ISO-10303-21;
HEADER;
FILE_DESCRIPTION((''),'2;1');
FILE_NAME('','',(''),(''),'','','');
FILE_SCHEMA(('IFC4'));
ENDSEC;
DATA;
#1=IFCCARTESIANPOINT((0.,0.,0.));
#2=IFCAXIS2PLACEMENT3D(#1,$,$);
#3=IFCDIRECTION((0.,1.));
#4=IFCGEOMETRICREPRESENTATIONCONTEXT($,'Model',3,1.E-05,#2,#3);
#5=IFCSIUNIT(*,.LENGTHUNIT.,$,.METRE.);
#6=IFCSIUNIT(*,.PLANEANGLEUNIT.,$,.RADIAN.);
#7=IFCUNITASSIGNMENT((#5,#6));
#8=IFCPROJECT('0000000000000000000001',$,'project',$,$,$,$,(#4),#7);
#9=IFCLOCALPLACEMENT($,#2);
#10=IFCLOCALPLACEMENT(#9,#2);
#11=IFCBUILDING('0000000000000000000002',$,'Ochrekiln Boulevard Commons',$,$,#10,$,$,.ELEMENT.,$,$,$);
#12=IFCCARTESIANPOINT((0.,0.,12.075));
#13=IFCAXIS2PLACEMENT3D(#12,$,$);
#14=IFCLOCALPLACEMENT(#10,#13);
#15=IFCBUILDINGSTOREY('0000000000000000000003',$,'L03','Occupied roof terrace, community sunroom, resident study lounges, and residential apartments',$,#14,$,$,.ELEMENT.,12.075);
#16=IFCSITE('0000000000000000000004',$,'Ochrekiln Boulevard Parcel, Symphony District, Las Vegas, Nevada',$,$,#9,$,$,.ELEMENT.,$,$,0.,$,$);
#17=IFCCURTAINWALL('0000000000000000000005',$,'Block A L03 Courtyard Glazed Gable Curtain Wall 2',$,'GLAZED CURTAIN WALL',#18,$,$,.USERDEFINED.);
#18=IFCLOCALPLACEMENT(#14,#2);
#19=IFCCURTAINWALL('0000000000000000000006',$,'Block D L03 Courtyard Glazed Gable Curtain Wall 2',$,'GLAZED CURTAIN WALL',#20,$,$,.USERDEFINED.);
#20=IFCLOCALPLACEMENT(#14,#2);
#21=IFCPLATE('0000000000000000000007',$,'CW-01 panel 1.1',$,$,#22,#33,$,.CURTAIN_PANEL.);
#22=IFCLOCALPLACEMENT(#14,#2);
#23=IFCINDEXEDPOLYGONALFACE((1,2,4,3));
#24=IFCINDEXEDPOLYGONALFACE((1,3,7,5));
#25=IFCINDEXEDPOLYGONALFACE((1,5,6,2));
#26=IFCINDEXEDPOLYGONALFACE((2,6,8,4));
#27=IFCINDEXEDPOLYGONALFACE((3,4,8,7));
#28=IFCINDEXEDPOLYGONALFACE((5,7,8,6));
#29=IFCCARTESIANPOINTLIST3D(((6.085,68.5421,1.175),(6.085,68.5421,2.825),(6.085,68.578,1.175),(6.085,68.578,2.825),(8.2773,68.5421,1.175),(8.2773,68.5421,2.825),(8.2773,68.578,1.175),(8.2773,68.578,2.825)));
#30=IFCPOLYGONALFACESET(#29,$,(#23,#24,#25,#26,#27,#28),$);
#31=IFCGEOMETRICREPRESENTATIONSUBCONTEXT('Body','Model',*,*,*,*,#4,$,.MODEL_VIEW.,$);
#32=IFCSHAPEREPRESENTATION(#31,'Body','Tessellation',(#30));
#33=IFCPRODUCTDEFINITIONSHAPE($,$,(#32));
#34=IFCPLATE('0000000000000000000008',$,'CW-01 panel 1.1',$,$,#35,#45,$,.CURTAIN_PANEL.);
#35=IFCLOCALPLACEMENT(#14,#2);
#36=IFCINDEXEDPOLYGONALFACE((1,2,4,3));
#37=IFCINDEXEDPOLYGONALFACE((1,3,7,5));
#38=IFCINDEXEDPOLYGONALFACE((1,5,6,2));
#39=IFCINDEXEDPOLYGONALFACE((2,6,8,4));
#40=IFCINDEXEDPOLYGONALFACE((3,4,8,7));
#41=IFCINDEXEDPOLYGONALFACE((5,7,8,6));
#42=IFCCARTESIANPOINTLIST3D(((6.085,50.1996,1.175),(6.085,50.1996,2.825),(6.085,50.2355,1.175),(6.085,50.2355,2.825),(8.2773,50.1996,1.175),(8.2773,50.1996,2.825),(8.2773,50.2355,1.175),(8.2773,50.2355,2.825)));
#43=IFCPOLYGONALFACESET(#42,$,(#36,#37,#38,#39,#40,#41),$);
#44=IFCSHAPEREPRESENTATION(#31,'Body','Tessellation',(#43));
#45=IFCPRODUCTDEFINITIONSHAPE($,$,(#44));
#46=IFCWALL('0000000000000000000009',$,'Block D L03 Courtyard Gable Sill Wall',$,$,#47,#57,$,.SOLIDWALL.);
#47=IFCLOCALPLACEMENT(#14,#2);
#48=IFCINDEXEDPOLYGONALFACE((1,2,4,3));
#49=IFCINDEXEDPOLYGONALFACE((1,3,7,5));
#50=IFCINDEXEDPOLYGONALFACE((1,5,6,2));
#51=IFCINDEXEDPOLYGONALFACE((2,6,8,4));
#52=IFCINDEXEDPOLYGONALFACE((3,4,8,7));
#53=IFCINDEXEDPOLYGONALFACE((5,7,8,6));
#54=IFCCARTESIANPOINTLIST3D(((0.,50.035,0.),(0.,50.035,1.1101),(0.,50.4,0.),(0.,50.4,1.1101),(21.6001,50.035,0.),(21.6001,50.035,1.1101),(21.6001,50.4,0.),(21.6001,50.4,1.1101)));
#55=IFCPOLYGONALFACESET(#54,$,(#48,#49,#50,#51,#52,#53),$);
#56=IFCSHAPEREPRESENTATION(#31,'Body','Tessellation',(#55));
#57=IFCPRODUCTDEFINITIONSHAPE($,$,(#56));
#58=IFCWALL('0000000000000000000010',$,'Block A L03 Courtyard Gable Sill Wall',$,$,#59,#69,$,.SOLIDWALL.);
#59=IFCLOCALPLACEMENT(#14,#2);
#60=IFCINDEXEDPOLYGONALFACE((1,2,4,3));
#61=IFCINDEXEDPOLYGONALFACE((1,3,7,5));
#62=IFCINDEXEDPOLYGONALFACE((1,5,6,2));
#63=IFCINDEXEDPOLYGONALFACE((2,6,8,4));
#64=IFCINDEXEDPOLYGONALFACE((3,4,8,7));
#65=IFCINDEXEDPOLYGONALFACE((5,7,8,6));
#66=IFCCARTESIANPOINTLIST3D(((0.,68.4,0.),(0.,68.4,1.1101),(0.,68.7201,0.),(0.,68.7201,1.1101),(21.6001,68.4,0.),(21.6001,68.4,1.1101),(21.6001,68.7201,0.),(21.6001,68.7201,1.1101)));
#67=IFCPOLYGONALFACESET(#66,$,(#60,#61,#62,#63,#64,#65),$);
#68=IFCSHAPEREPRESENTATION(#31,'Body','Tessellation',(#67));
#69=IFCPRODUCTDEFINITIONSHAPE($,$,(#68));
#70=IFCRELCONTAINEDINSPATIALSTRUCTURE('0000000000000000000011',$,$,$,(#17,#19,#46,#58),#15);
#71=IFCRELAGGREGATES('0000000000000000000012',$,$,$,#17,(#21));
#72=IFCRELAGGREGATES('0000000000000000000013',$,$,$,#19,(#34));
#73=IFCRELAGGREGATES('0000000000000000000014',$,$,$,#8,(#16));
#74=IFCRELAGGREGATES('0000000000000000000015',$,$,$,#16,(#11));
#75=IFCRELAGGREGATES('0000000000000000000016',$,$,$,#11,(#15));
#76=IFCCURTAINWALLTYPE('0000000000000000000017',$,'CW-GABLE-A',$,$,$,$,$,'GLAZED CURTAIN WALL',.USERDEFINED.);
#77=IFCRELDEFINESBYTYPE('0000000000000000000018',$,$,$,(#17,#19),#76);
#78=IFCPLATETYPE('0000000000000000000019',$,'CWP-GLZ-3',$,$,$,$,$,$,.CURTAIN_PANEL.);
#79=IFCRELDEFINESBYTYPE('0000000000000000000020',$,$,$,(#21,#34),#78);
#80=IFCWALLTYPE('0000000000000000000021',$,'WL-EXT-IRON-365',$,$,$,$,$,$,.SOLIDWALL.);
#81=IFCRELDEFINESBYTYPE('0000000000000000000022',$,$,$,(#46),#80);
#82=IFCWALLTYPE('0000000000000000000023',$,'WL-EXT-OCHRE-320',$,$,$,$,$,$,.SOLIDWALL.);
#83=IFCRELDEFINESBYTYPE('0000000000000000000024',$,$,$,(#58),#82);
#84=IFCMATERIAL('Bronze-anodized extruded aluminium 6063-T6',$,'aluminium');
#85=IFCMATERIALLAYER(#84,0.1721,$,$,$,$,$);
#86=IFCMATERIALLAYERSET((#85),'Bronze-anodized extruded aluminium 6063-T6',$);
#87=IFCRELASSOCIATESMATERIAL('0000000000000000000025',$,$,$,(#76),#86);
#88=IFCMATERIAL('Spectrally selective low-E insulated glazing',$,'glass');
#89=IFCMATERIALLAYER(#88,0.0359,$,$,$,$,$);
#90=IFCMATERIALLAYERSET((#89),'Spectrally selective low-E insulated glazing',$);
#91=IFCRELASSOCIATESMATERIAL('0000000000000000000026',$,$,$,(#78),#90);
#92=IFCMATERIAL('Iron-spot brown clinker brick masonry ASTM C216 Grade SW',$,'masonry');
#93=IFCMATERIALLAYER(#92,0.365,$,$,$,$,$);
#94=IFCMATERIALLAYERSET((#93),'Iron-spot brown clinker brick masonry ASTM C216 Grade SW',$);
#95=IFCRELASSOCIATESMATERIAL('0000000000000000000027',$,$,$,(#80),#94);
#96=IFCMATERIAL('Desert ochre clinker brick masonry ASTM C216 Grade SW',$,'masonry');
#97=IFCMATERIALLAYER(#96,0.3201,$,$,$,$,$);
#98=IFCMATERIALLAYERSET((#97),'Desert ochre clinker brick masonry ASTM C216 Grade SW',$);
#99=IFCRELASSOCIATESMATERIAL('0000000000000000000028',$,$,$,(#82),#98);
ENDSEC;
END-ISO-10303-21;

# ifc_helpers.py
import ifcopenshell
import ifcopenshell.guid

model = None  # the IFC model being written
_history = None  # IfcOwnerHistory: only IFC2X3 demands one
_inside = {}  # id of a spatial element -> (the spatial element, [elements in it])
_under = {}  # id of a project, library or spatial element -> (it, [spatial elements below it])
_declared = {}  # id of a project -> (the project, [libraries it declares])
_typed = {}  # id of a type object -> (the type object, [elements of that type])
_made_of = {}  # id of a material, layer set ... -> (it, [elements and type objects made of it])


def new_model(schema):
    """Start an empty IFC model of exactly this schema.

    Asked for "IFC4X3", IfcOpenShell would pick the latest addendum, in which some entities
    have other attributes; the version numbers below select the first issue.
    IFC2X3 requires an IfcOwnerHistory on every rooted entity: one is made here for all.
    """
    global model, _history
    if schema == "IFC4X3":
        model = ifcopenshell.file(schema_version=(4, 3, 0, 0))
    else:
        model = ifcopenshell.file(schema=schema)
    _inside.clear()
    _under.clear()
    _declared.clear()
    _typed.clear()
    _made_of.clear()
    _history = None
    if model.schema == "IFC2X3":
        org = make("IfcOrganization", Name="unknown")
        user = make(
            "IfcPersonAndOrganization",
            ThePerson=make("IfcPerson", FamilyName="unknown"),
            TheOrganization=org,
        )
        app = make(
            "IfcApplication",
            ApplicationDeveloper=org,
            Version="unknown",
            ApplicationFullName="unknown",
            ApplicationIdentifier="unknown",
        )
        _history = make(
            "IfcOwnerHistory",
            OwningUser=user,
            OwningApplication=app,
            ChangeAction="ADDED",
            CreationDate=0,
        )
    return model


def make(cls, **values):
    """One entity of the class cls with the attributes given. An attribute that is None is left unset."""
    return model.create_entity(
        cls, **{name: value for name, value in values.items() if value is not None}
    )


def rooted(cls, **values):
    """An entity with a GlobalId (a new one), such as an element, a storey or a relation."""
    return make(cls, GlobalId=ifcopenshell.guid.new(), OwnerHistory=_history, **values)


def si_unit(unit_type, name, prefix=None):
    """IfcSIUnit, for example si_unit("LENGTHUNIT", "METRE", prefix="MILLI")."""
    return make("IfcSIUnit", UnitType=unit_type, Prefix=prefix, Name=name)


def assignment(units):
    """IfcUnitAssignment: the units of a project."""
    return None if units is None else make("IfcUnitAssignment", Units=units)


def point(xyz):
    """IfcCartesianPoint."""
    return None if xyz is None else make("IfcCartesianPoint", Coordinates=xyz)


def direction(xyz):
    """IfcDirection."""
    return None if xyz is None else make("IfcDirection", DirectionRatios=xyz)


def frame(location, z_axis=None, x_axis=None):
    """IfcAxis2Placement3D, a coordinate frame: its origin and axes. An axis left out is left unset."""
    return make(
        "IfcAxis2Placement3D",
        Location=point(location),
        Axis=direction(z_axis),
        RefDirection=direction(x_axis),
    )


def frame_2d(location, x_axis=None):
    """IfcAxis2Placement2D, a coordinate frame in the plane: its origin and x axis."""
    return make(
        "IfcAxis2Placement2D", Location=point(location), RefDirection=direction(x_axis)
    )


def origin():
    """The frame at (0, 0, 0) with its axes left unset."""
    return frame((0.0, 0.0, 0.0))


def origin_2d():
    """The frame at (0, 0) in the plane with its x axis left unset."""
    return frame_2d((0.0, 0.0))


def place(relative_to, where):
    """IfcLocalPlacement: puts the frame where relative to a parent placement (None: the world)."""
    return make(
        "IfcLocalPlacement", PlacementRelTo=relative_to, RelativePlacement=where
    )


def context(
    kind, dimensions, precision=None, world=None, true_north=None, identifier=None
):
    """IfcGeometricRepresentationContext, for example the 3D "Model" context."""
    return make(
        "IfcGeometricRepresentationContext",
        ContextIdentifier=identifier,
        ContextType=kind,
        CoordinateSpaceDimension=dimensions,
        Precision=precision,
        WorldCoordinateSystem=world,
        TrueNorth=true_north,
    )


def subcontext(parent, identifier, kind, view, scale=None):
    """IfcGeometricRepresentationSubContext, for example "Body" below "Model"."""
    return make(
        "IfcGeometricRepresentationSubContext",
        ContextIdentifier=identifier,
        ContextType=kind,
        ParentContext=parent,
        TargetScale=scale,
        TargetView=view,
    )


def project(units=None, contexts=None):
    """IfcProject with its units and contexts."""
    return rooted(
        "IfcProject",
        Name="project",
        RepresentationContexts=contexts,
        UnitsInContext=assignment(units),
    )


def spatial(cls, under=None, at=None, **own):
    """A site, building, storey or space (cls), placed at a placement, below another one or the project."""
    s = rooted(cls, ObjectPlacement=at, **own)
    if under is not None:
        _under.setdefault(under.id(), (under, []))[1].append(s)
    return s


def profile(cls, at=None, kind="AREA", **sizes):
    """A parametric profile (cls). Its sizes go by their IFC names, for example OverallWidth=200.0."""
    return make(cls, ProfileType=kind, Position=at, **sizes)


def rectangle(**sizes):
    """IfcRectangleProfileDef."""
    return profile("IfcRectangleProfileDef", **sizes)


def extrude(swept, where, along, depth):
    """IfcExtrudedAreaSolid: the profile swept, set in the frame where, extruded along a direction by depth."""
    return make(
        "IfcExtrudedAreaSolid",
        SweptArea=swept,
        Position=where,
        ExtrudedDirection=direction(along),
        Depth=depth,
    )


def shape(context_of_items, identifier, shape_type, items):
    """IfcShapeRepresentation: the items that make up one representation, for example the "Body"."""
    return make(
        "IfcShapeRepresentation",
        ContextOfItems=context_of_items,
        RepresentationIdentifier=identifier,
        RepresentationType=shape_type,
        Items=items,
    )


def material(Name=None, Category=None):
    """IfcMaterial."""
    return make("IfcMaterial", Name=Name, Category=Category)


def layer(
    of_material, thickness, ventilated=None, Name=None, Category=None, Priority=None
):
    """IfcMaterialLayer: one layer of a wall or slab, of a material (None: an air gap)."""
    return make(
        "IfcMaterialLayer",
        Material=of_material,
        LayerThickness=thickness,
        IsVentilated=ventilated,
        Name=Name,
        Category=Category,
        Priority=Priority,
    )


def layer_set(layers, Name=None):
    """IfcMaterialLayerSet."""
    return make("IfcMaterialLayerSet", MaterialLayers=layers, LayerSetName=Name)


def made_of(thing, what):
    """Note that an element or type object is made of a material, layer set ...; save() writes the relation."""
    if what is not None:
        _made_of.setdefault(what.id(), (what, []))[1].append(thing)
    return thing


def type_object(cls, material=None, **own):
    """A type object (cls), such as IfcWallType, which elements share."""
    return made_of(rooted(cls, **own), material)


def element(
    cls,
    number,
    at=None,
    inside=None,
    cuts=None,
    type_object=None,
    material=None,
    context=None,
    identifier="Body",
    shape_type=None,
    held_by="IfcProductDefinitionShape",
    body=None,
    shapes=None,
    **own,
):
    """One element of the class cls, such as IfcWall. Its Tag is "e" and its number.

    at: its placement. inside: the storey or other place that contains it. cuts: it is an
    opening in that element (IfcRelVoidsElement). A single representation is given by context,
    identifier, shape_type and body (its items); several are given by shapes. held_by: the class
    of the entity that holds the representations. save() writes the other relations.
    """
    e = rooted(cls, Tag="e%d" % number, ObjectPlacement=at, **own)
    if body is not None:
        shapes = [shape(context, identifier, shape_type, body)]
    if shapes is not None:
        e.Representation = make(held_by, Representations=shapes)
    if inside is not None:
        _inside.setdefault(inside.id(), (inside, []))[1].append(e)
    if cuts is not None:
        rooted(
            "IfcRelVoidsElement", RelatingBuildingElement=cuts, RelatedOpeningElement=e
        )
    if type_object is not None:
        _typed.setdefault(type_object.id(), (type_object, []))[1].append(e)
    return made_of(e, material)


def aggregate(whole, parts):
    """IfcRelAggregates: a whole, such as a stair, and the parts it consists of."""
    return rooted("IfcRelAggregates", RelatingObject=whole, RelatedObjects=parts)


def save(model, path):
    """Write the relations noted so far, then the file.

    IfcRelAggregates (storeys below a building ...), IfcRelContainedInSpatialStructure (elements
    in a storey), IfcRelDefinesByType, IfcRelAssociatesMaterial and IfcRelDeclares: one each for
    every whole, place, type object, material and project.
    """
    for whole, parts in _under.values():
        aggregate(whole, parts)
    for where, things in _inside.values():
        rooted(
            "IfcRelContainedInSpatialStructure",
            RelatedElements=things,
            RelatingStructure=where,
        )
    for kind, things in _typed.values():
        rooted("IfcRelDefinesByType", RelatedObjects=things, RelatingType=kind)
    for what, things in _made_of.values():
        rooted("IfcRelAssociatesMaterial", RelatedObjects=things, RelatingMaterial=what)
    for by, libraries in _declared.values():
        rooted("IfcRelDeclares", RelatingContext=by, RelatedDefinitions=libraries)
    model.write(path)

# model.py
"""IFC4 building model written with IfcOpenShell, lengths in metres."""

from ifc_helpers import new_model, si_unit, direction, frame, frame_2d, origin, origin_2d, place, context, subcontext, project, spatial, rectangle, extrude, material, layer, layer_set, type_object, element, aggregate, save


model = new_model("IFC4")

# Units and contexts
model_context = context("Model", 3, precision=1e-05, world=origin(), true_north=direction((0.0, 1.0)))
body_context = subcontext(model_context, "Body", "Model", "MODEL_VIEW")
ifc_project = project(units=[si_unit("LENGTHUNIT", "METRE"), si_unit("PLANEANGLEUNIT", "RADIAN")], contexts=[model_context])

# Site, building, storey
site_placement = place(None, origin())
site = spatial("IfcSite", under=ifc_project, at=site_placement, Name="Ochrekiln Boulevard Parcel, Symphony District, Las Vegas, Nevada", CompositionType="ELEMENT", RefElevation=0.0)
building_placement = place(site_placement, origin())
building = spatial("IfcBuilding", under=site, at=building_placement, Name="Ochrekiln Boulevard Commons", CompositionType="ELEMENT")
storey_placement = place(building_placement, frame((0.0, 0.0, 12.075)))
storey = spatial("IfcBuildingStorey", under=building, at=storey_placement, Name="L03", Description="Occupied roof terrace, community sunroom, resident study lounges, and residential apartments", CompositionType="ELEMENT", Elevation=12.075)

# Curtain walls
ifc_material_1 = material(Name="Bronze-anodized extruded aluminium 6063-T6", Category="aluminium")
ifc_layer_1 = layer(ifc_material_1, 0.1721)
ifc_layer_set_1 = layer_set([ifc_layer_1], Name="Bronze-anodized extruded aluminium 6063-T6")
curtain_wall_type = type_object("IfcCurtainWallType", Name="CW-GABLE-A", ElementType="GLAZED CURTAIN WALL", PredefinedType="USERDEFINED", material=ifc_layer_set_1)
curtain_wall_1_placement = place(storey_placement, origin())
curtain_wall_1 = element("IfcCurtainWall", 1, at=curtain_wall_1_placement, inside=storey, type_object=curtain_wall_type, Name="Block A L03 Courtyard Glazed Gable Curtain Wall 2", ObjectType="GLAZED CURTAIN WALL", PredefinedType="USERDEFINED")
curtain_wall_2_placement = place(storey_placement, origin())
curtain_wall_2 = element("IfcCurtainWall", 2, at=curtain_wall_2_placement, inside=storey, type_object=curtain_wall_type, Name="Block D L03 Courtyard Glazed Gable Curtain Wall 2", ObjectType="GLAZED CURTAIN WALL", PredefinedType="USERDEFINED")

# Plates
ifc_material_2 = material(Name="Spectrally selective low-E insulated glazing", Category="glass")
ifc_layer_2 = layer(ifc_material_2, 0.0359)
ifc_layer_set_2 = layer_set([ifc_layer_2], Name="Spectrally selective low-E insulated glazing")
plate_type_1 = type_object("IfcPlateType", Name="CWP-GLZ-3", PredefinedType="CURTAIN_PANEL", material=ifc_layer_set_2)
plate_1_placement = place(storey_placement, frame((7.1812, 68.5601, 1.175), z_axis=(0.0, 0.0, 1.0), x_axis=(1.0, 0.0, 0.0)))
plate_1 = element("IfcPlate", 3, at=plate_1_placement, type_object=plate_type_1, Name="CW-01 panel 1.1", PredefinedType="CURTAIN_PANEL", context=body_context, shape_type="SweptSolid", body=[
    extrude(rectangle(XDim=2.1924, YDim=0.0359, at=origin_2d()), origin(), (0.0, 0.0, 1.0), 1.6499),
])
aggregate(curtain_wall_1, [plate_1])
plate_2_placement = place(storey_placement, frame((7.1812, 50.2175, 1.175), z_axis=(0.0, 0.0, 1.0), x_axis=(1.0, 0.0, 0.0)))
plate_2 = element("IfcPlate", 4, at=plate_2_placement, type_object=plate_type_1, Name="CW-01 panel 1.1", PredefinedType="CURTAIN_PANEL", context=body_context, shape_type="SweptSolid", body=[
    extrude(rectangle(XDim=2.1924, YDim=0.0359, at=origin_2d()), origin(), (0.0, 0.0, 1.0), 1.6499),
])
aggregate(curtain_wall_2, [plate_2])

# Walls
ifc_material_3 = material(Name="Iron-spot brown clinker brick masonry ASTM C216 Grade SW", Category="masonry")
ifc_layer_3 = layer(ifc_material_3, 0.365)
ifc_layer_set_3 = layer_set([ifc_layer_3], Name="Iron-spot brown clinker brick masonry ASTM C216 Grade SW")
wall_type_1 = type_object("IfcWallType", Name="WL-EXT-IRON-365", PredefinedType="SOLIDWALL", material=ifc_layer_set_3)
wall_1_placement = place(storey_placement, frame((0.0, 50.2175, 0.0), z_axis=(0.0, 0.0, 1.0), x_axis=(1.0, 0.0, 0.0)))
element("IfcWall", 5, at=wall_1_placement, inside=storey, type_object=wall_type_1, Name="Block D L03 Courtyard Gable Sill Wall", PredefinedType="SOLIDWALL", context=body_context, shape_type="SweptSolid", body=[
    extrude(rectangle(XDim=21.6001, YDim=0.365, at=frame_2d((10.8, 0.0))), origin(), (0.0, 0.0, 1.0), 1.1101),
])
ifc_material_4 = material(Name="Desert ochre clinker brick masonry ASTM C216 Grade SW", Category="masonry")
ifc_layer_4 = layer(ifc_material_4, 0.3201)
ifc_layer_set_4 = layer_set([ifc_layer_4], Name="Desert ochre clinker brick masonry ASTM C216 Grade SW")
wall_type_2 = type_object("IfcWallType", Name="WL-EXT-OCHRE-320", PredefinedType="SOLIDWALL", material=ifc_layer_set_4)
wall_2_placement = place(storey_placement, frame((0.0, 68.5601, 0.0), z_axis=(0.0, 0.0, 1.0), x_axis=(1.0, 0.0, 0.0)))
element("IfcWall", 6, at=wall_2_placement, inside=storey, type_object=wall_type_2, Name="Block A L03 Courtyard Gable Sill Wall", PredefinedType="SOLIDWALL", context=body_context, shape_type="SweptSolid", body=[
    extrude(rectangle(XDim=21.6001, YDim=0.3201, at=frame_2d((10.8, 0.0))), origin(), (0.0, 0.0, 1.0), 1.1101),
])

save(model, "model.ifc")
